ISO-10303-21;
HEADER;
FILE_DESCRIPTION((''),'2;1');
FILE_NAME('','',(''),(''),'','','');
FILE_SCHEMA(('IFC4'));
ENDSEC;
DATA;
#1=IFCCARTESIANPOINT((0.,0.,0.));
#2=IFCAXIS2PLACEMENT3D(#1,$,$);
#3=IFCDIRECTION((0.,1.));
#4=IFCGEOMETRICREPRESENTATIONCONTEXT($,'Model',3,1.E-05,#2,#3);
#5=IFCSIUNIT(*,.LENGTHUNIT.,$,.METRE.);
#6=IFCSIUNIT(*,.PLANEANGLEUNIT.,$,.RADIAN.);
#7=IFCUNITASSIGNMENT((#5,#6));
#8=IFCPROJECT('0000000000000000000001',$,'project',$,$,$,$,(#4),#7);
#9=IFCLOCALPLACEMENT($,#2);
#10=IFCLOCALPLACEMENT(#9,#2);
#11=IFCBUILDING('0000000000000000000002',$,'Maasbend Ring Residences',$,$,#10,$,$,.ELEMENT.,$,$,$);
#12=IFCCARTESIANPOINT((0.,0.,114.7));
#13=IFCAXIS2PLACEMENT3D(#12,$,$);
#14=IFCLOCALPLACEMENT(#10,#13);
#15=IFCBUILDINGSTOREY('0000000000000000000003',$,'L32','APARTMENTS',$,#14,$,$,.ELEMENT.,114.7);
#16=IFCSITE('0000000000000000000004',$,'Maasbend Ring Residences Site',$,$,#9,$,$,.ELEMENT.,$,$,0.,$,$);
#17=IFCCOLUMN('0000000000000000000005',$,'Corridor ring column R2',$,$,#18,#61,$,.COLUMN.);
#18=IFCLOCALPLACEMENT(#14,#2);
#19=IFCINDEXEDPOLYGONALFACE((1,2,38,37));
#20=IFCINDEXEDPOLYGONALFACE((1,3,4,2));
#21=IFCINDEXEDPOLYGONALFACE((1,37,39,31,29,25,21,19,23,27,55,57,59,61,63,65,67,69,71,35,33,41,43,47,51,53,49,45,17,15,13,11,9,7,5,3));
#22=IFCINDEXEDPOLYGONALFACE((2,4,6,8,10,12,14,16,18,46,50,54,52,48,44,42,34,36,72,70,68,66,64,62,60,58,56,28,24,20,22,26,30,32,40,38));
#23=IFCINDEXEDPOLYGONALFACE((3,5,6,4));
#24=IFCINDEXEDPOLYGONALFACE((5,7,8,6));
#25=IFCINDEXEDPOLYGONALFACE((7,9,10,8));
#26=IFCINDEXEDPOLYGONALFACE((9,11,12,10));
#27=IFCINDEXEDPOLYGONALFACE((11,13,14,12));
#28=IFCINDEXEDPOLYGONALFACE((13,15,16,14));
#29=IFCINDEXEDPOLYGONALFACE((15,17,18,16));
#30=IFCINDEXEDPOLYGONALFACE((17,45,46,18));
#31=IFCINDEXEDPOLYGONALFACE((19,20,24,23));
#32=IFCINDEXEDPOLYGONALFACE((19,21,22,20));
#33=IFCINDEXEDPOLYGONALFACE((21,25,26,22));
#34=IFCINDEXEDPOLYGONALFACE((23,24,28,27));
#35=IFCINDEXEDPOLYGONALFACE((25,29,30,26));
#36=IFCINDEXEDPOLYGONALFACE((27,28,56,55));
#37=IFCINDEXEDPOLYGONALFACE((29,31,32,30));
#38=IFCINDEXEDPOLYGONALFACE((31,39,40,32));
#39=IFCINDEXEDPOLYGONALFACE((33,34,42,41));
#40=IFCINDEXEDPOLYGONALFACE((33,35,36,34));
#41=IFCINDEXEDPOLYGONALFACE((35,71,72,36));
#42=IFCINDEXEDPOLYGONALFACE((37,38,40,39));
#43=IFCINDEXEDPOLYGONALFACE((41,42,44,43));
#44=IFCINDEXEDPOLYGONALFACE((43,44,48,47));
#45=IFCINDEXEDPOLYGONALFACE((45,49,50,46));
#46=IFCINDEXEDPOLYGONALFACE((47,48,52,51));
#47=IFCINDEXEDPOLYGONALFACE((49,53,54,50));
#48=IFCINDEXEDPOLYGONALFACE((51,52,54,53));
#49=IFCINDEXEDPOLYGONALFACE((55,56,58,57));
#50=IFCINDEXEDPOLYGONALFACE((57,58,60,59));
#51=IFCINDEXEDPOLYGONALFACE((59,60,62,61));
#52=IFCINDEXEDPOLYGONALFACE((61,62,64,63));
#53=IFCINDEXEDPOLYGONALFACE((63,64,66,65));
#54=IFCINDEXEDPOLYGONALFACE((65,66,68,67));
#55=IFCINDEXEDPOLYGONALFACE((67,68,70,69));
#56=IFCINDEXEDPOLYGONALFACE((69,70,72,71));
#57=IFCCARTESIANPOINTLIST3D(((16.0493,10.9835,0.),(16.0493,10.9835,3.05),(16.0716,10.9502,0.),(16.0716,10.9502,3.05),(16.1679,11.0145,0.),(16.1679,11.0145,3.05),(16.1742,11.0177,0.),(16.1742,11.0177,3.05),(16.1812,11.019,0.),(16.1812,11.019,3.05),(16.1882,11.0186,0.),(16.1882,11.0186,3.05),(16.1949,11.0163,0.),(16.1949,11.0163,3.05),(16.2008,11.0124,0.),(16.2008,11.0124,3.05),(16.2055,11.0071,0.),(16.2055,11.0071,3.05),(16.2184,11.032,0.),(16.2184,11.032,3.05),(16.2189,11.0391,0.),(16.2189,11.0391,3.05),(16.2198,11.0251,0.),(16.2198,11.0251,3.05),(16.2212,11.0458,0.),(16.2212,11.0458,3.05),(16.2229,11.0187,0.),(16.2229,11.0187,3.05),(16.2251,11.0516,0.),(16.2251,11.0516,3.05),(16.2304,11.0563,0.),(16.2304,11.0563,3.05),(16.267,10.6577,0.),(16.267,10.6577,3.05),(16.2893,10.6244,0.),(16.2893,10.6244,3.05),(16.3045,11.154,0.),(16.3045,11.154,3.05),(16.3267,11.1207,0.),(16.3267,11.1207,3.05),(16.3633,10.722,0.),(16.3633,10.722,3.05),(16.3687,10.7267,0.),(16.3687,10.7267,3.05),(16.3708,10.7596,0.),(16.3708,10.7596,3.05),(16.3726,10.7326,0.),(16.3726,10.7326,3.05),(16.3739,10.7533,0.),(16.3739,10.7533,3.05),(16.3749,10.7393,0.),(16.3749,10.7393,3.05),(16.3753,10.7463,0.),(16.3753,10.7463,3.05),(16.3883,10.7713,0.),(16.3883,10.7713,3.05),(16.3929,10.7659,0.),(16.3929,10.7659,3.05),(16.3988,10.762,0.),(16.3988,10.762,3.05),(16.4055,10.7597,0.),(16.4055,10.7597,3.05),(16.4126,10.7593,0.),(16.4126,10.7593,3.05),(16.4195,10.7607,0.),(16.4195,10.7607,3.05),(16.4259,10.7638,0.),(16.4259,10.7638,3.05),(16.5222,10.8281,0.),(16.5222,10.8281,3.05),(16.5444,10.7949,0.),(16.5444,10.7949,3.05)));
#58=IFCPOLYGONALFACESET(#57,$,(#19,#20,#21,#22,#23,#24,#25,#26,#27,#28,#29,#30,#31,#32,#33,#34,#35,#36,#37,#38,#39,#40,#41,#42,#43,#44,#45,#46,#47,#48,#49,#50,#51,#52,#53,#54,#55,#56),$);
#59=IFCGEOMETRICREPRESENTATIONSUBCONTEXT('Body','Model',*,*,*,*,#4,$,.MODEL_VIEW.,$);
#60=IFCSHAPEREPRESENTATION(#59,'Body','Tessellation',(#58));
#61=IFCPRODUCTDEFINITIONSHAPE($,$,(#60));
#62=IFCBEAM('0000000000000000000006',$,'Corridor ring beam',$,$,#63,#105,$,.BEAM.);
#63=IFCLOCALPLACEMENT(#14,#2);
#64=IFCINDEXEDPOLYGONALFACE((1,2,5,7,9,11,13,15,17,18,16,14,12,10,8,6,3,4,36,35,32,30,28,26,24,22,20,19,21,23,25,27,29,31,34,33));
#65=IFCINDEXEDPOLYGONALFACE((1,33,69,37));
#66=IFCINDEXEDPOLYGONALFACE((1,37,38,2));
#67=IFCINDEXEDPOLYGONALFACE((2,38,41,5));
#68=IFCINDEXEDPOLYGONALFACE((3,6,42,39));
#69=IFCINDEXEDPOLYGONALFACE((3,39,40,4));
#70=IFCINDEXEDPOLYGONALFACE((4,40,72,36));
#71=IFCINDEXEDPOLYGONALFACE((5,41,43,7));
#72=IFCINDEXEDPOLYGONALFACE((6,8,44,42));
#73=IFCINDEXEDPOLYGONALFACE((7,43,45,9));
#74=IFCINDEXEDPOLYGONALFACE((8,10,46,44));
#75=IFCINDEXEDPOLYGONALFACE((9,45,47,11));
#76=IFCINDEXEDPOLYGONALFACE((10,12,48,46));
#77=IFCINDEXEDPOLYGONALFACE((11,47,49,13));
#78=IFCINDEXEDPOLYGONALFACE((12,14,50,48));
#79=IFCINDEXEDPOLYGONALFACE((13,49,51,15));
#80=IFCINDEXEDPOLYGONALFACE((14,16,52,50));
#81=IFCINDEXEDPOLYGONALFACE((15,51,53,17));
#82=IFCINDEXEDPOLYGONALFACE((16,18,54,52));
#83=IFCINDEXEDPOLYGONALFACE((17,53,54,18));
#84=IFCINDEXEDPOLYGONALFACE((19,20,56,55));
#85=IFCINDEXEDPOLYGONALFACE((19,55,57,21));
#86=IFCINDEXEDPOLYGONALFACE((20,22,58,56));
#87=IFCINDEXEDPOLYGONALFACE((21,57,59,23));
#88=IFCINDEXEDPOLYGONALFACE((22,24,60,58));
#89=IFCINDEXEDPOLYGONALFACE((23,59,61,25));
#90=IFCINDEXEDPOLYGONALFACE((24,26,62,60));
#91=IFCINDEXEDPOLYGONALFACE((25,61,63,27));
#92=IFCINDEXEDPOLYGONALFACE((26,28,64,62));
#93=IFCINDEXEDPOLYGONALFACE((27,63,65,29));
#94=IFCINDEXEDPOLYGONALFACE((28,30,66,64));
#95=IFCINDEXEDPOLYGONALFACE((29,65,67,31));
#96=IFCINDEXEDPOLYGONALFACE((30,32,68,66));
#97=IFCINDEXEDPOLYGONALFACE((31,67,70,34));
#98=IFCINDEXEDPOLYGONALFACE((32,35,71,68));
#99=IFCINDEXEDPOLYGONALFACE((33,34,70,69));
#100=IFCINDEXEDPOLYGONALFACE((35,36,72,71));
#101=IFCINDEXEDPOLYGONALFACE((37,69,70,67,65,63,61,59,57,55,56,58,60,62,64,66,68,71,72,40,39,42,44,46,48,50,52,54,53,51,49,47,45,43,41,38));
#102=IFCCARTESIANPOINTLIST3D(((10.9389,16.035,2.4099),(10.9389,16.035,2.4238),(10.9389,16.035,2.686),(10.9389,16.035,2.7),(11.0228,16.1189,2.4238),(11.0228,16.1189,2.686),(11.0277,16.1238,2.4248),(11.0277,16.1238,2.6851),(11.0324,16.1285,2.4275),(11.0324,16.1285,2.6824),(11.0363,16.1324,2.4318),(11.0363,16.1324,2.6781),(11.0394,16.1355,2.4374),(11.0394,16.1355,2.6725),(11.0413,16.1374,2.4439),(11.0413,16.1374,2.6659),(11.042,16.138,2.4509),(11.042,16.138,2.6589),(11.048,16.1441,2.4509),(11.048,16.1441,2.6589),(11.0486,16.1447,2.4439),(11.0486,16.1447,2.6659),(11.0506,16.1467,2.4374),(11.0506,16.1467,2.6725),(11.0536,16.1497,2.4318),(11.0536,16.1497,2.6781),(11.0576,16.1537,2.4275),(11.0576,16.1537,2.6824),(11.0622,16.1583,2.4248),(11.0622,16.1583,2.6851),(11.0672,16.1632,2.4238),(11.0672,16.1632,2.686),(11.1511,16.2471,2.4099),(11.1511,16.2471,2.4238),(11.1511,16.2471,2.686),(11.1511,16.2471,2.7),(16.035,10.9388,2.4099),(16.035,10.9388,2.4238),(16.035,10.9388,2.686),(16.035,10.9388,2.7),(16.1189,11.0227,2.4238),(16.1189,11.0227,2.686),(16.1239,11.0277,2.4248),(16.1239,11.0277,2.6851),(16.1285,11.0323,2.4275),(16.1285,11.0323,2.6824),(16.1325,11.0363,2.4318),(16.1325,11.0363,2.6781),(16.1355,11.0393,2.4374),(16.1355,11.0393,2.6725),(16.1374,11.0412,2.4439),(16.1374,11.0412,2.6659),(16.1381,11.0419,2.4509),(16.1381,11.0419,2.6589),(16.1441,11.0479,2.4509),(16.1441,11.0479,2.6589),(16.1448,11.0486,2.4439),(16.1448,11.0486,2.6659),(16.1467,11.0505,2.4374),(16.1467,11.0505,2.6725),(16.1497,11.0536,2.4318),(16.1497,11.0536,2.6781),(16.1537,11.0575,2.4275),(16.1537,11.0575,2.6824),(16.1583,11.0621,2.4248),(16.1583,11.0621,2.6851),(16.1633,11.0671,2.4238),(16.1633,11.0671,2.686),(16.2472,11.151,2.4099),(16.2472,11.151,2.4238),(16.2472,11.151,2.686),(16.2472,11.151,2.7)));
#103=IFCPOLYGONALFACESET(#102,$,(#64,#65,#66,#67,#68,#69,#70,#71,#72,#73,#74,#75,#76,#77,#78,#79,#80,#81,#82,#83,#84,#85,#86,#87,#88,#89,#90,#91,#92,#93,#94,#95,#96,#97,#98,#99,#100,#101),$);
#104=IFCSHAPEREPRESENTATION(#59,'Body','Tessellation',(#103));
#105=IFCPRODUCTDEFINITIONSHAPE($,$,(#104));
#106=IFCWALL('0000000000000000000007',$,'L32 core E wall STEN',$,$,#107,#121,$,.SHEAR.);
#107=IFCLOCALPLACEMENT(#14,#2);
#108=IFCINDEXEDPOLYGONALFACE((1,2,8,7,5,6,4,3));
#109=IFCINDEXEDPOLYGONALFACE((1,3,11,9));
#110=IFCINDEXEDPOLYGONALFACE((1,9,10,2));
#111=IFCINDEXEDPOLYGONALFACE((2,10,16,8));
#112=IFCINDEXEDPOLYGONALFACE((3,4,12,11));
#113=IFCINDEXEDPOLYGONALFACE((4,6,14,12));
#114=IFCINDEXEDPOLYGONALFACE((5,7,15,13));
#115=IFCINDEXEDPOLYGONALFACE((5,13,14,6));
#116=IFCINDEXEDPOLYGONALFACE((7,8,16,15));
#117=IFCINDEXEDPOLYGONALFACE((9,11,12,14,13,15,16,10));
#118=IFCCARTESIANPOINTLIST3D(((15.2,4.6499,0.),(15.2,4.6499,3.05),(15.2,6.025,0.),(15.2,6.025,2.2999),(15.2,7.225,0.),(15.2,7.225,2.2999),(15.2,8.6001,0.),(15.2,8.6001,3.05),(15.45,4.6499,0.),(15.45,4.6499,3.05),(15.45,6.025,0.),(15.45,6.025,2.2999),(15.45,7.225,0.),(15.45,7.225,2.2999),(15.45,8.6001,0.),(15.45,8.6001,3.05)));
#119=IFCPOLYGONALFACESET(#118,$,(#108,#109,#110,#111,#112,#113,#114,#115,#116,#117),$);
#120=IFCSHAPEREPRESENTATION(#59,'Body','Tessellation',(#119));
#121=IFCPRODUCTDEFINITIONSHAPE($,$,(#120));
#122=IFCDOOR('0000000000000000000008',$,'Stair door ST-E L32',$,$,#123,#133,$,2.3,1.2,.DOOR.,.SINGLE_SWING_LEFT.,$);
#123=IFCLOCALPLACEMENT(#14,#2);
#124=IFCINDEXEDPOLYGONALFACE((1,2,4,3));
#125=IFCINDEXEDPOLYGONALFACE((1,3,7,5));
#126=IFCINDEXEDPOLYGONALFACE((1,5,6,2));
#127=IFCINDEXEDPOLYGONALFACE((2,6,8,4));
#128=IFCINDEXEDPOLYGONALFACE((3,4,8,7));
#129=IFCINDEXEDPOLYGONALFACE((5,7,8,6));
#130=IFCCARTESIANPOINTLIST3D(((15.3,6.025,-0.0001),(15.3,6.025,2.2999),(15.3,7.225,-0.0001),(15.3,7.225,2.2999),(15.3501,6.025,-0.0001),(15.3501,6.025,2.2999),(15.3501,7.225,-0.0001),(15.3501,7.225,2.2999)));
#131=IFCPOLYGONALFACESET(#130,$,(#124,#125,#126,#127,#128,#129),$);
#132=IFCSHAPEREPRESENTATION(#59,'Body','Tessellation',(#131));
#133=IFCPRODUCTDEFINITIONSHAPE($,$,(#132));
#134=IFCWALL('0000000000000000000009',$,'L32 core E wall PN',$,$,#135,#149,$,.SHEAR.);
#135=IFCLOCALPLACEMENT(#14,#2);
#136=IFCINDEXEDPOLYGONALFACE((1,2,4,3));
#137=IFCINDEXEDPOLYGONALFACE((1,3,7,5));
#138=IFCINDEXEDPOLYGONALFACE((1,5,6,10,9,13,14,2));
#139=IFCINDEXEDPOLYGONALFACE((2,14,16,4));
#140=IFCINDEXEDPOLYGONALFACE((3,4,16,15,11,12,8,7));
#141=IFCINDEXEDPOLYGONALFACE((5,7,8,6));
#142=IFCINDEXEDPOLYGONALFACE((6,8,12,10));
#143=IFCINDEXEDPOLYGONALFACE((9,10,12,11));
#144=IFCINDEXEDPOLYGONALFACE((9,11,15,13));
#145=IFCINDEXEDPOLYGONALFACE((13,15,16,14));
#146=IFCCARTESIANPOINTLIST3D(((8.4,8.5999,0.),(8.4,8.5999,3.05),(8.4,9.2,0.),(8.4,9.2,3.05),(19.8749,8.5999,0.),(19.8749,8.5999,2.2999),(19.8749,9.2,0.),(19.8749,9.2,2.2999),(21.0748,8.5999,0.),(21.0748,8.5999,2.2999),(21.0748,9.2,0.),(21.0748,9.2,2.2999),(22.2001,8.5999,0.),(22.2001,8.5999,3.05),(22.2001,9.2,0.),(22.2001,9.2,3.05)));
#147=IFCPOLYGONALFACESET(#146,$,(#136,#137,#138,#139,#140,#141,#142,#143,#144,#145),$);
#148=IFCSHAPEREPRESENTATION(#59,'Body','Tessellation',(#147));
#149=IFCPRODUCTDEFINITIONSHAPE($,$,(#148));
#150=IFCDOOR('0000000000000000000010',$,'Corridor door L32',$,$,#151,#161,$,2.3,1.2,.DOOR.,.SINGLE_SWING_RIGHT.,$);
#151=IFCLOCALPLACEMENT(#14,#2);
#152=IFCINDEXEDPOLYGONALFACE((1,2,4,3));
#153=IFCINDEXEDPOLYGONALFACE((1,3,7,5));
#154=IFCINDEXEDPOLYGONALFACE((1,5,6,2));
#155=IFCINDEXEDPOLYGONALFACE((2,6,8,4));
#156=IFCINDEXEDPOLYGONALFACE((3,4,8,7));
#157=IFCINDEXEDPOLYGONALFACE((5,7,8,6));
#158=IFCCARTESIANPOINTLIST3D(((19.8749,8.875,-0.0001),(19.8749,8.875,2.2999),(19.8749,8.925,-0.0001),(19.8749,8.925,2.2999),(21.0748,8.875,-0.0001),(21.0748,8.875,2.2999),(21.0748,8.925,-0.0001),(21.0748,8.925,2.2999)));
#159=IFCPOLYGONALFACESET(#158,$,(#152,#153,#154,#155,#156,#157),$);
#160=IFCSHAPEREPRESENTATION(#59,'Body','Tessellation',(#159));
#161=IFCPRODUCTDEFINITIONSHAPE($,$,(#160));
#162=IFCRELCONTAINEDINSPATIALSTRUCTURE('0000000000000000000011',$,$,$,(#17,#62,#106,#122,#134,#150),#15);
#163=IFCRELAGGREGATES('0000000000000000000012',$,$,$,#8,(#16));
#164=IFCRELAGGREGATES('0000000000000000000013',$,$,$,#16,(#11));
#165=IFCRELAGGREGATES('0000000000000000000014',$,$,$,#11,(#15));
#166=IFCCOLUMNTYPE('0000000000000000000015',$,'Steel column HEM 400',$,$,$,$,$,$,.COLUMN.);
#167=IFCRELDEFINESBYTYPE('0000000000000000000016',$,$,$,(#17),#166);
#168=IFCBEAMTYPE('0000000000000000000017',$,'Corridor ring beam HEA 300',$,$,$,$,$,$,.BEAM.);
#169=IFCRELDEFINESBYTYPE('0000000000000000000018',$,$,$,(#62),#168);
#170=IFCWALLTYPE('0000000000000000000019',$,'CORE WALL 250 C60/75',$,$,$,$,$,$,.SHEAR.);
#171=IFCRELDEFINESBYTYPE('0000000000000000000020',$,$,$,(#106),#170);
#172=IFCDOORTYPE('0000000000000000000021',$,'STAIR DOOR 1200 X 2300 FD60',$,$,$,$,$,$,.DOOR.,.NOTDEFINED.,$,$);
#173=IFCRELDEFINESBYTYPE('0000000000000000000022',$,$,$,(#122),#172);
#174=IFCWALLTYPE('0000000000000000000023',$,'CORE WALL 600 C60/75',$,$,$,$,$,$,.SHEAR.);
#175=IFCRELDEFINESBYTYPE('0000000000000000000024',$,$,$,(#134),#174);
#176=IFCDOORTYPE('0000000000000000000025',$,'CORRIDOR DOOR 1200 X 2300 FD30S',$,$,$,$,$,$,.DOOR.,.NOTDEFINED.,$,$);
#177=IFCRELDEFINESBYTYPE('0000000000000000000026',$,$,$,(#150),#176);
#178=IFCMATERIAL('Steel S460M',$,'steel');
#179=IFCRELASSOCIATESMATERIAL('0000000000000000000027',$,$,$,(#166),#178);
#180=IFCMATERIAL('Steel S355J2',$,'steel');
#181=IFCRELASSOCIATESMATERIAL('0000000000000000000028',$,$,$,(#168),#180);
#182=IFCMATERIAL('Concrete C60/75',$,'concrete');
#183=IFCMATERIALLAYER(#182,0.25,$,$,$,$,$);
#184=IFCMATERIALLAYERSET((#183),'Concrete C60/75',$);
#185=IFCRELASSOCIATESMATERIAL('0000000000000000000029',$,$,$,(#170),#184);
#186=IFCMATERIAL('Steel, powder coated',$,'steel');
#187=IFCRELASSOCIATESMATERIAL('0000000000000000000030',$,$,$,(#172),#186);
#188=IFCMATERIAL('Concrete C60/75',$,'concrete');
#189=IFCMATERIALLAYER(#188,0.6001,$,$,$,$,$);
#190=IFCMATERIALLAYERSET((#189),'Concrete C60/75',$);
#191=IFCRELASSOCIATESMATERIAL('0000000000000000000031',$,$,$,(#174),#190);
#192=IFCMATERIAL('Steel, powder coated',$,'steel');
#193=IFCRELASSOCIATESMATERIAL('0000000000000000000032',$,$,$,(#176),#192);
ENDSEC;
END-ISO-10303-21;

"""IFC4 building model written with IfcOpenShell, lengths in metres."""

from ifc_helpers import new_model, si_unit, direction, frame, frame_2d, origin, origin_2d, place, context, subcontext, project, spatial, rectangle, i_section, extrude, material, layer, layer_set, material_profile, profile_set, type_object, element, fill, save


model = new_model("IFC4")

# Units and contexts
model_context = context("Model", 3, precision=1e-05, world=origin(), true_north=direction((0.0, 1.0)))
body_context = subcontext(model_context, "Body", "Model", "MODEL_VIEW")
ifc_project = project(units=[si_unit("LENGTHUNIT", "METRE"), si_unit("PLANEANGLEUNIT", "RADIAN")], contexts=[model_context])

# Site, building, storey
site_placement = place(None, origin())
site = spatial("IfcSite", under=ifc_project, at=site_placement, Name="Maasbend Ring Residences Site", CompositionType="ELEMENT", RefElevation=0.0)
building_placement = place(site_placement, origin())
building = spatial("IfcBuilding", under=site, at=building_placement, Name="Maasbend Ring Residences", CompositionType="ELEMENT")
storey_placement = place(building_placement, frame((0.0, 0.0, 114.7)))
storey = spatial("IfcBuildingStorey", under=building, at=storey_placement, Name="L32", Description="APARTMENTS", CompositionType="ELEMENT", Elevation=114.7)

# Column
ifc_material_1 = material(Name="Steel S460M", Category="steel")
ifc_material_profile_1 = material_profile(ifc_material_1, i_section(OverallWidth=0.3069, OverallDepth=0.4319, WebThickness=0.021, FlangeThickness=0.04, FilletRadius=0.0271, at=origin_2d()), Name="HEM 400")
ifc_profile_set_1 = profile_set([ifc_material_profile_1], Name="Steel S460M")
column_type = type_object("IfcColumnType", Name="Steel column HEM 400", PredefinedType="COLUMN", material=ifc_profile_set_1)
column_placement = place(storey_placement, frame((16.2969, 10.8892, 0.0), z_axis=(0.0, 0.0, 1.0), x_axis=(0.83147, 0.55557, 0.0)))
element("IfcColumn", 1, at=column_placement, inside=storey, type_object=column_type, Name="Corridor ring column R2", PredefinedType="COLUMN", context=body_context, shape_type="SweptSolid", body=[
    extrude(i_section(OverallWidth=0.3069, OverallDepth=0.4319, WebThickness=0.021, FlangeThickness=0.04, FilletRadius=0.0271, at=origin_2d()), origin(), (0.0, 0.0, 1.0), 3.05),
])

# Beam
ifc_material_2 = material(Name="Steel S355J2", Category="steel")
ifc_material_profile_2 = material_profile(ifc_material_2, i_section(OverallWidth=0.3, OverallDepth=0.29, WebThickness=0.0085, FlangeThickness=0.0139, FilletRadius=0.0271, at=origin_2d()), Name="HEA 300")
ifc_profile_set_2 = profile_set([ifc_material_profile_2], Name="Steel S355J2")
beam_type = type_object("IfcBeamType", Name="Corridor ring beam HEA 300", PredefinedType="BEAM", material=ifc_profile_set_2)
beam_placement = place(storey_placement, frame((16.1411, 11.0449, 2.5549), z_axis=(-0.707107, 0.707107, 0.0), x_axis=(-0.707107, -0.707107, 0.0)))
element("IfcBeam", 2, at=beam_placement, inside=storey, type_object=beam_type, Name="Corridor ring beam", PredefinedType="BEAM", context=body_context, shape_type="SweptSolid", body=[
    extrude(i_section(OverallWidth=0.3, OverallDepth=0.29, WebThickness=0.0085, FlangeThickness=0.0139, FilletRadius=0.0271, at=origin_2d()), origin(), (0.0, 0.0, 1.0), 7.207),
])

# Walls, openings, doors
ifc_material_3 = material(Name="Concrete C60/75", Category="concrete")
ifc_layer_1 = layer(ifc_material_3, 0.25)
ifc_layer_set_1 = layer_set([ifc_layer_1], Name="Concrete C60/75")
wall_type_1 = type_object("IfcWallType", Name="CORE WALL 250 C60/75", PredefinedType="SHEAR", material=ifc_layer_set_1)
wall_1_placement = place(storey_placement, frame((15.325, 4.6499, 0.0), z_axis=(0.0, 0.0, 1.0), x_axis=(0.0, 1.0, 0.0)))
wall_1 = element("IfcWall", 3, at=wall_1_placement, inside=storey, type_object=wall_type_1, Name="L32 core E wall STEN", PredefinedType="SHEAR", context=body_context, shape_type="SweptSolid", body=[
    extrude(rectangle(XDim=3.9502, YDim=0.25, at=frame_2d((1.9751, 0.0))), origin(), (0.0, 0.0, 1.0), 3.05),
])
opening_1_placement = place(wall_1_placement, frame((1.375, 0.0, 0.0)))
opening_1 = element("IfcOpeningElement", 4, at=opening_1_placement, cuts=wall_1, PredefinedType="OPENING", context=body_context, shape_type="SweptSolid", body=[
    extrude(rectangle(XDim=1.2, YDim=2.3, at=frame_2d((0.6001, 1.1499))), frame((0.0, 0.135, 0.0), z_axis=(0.0, -1.0, 0.0), x_axis=(1.0, 0.0, 0.0)), (0.0, 0.0, 1.0), 0.27),
])
ifc_material_4 = material(Name="Steel, powder coated", Category="steel")
door_type_1 = type_object("IfcDoorType", Name="STAIR DOOR 1200 X 2300 FD60", OperationType="NOTDEFINED", PredefinedType="DOOR", material=ifc_material_4)
door_1_placement = place(opening_1_placement, origin())
door_1 = element("IfcDoor", 5, at=door_1_placement, inside=storey, type_object=door_type_1, Name="Stair door ST-E L32", OperationType="SINGLE_SWING_LEFT", OverallHeight=2.3, OverallWidth=1.2, PredefinedType="DOOR", context=body_context, shape_type="SweptSolid", body=[
    extrude(rectangle(XDim=1.2, YDim=2.3, at=frame_2d((0.6001, 1.1499))), frame((0.0, 0.0249, 0.0), z_axis=(0.0, -1.0, 0.0), x_axis=(1.0, 0.0, 0.0)), (0.0, 0.0, 1.0), 0.05),
])
fill(opening_1, door_1)
ifc_material_5 = material(Name="Concrete C60/75", Category="concrete")
ifc_layer_2 = layer(ifc_material_5, 0.6001)
ifc_layer_set_2 = layer_set([ifc_layer_2], Name="Concrete C60/75")
wall_type_2 = type_object("IfcWallType", Name="CORE WALL 600 C60/75", PredefinedType="SHEAR", material=ifc_layer_set_2)
wall_2_placement = place(storey_placement, frame((22.2, 8.8999, 0.0), z_axis=(0.0, 0.0, 1.0), x_axis=(-1.0, 0.0, 0.0)))
wall_2 = element("IfcWall", 6, at=wall_2_placement, inside=storey, type_object=wall_type_2, Name="L32 core E wall PN", PredefinedType="SHEAR", context=body_context, shape_type="SweptSolid", body=[
    extrude(rectangle(XDim=13.8, YDim=0.6001, at=frame_2d((6.8999, 0.0))), origin(), (0.0, 0.0, 1.0), 3.05),
])
opening_2_placement = place(wall_2_placement, frame((1.125, 0.0, 0.0)))
opening_2 = element("IfcOpeningElement", 7, at=opening_2_placement, cuts=wall_2, PredefinedType="OPENING", context=body_context, shape_type="SweptSolid", body=[
    extrude(rectangle(XDim=1.2, YDim=2.3, at=frame_2d((0.6001, 1.1499))), frame((0.0, 0.3101, 0.0), z_axis=(0.0, -1.0, 0.0), x_axis=(1.0, 0.0, 0.0)), (0.0, 0.0, 1.0), 0.6201),
])
ifc_material_6 = material(Name="Steel, powder coated", Category="steel")
door_type_2 = type_object("IfcDoorType", Name="CORRIDOR DOOR 1200 X 2300 FD30S", OperationType="NOTDEFINED", PredefinedType="DOOR", material=ifc_material_6)
door_2_placement = place(opening_2_placement, origin())
door_2 = element("IfcDoor", 8, at=door_2_placement, inside=storey, type_object=door_type_2, Name="Corridor door L32", OperationType="SINGLE_SWING_RIGHT", OverallHeight=2.3, OverallWidth=1.2, PredefinedType="DOOR", context=body_context, shape_type="SweptSolid", body=[
    extrude(rectangle(XDim=1.2, YDim=2.3, at=frame_2d((0.6001, 1.1499))), frame((0.0, 0.0249, 0.0), z_axis=(0.0, -1.0, 0.0), x_axis=(1.0, 0.0, 0.0)), (0.0, 0.0, 1.0), 0.05),
])
fill(opening_2, door_2)

save(model, "model.ifc")
